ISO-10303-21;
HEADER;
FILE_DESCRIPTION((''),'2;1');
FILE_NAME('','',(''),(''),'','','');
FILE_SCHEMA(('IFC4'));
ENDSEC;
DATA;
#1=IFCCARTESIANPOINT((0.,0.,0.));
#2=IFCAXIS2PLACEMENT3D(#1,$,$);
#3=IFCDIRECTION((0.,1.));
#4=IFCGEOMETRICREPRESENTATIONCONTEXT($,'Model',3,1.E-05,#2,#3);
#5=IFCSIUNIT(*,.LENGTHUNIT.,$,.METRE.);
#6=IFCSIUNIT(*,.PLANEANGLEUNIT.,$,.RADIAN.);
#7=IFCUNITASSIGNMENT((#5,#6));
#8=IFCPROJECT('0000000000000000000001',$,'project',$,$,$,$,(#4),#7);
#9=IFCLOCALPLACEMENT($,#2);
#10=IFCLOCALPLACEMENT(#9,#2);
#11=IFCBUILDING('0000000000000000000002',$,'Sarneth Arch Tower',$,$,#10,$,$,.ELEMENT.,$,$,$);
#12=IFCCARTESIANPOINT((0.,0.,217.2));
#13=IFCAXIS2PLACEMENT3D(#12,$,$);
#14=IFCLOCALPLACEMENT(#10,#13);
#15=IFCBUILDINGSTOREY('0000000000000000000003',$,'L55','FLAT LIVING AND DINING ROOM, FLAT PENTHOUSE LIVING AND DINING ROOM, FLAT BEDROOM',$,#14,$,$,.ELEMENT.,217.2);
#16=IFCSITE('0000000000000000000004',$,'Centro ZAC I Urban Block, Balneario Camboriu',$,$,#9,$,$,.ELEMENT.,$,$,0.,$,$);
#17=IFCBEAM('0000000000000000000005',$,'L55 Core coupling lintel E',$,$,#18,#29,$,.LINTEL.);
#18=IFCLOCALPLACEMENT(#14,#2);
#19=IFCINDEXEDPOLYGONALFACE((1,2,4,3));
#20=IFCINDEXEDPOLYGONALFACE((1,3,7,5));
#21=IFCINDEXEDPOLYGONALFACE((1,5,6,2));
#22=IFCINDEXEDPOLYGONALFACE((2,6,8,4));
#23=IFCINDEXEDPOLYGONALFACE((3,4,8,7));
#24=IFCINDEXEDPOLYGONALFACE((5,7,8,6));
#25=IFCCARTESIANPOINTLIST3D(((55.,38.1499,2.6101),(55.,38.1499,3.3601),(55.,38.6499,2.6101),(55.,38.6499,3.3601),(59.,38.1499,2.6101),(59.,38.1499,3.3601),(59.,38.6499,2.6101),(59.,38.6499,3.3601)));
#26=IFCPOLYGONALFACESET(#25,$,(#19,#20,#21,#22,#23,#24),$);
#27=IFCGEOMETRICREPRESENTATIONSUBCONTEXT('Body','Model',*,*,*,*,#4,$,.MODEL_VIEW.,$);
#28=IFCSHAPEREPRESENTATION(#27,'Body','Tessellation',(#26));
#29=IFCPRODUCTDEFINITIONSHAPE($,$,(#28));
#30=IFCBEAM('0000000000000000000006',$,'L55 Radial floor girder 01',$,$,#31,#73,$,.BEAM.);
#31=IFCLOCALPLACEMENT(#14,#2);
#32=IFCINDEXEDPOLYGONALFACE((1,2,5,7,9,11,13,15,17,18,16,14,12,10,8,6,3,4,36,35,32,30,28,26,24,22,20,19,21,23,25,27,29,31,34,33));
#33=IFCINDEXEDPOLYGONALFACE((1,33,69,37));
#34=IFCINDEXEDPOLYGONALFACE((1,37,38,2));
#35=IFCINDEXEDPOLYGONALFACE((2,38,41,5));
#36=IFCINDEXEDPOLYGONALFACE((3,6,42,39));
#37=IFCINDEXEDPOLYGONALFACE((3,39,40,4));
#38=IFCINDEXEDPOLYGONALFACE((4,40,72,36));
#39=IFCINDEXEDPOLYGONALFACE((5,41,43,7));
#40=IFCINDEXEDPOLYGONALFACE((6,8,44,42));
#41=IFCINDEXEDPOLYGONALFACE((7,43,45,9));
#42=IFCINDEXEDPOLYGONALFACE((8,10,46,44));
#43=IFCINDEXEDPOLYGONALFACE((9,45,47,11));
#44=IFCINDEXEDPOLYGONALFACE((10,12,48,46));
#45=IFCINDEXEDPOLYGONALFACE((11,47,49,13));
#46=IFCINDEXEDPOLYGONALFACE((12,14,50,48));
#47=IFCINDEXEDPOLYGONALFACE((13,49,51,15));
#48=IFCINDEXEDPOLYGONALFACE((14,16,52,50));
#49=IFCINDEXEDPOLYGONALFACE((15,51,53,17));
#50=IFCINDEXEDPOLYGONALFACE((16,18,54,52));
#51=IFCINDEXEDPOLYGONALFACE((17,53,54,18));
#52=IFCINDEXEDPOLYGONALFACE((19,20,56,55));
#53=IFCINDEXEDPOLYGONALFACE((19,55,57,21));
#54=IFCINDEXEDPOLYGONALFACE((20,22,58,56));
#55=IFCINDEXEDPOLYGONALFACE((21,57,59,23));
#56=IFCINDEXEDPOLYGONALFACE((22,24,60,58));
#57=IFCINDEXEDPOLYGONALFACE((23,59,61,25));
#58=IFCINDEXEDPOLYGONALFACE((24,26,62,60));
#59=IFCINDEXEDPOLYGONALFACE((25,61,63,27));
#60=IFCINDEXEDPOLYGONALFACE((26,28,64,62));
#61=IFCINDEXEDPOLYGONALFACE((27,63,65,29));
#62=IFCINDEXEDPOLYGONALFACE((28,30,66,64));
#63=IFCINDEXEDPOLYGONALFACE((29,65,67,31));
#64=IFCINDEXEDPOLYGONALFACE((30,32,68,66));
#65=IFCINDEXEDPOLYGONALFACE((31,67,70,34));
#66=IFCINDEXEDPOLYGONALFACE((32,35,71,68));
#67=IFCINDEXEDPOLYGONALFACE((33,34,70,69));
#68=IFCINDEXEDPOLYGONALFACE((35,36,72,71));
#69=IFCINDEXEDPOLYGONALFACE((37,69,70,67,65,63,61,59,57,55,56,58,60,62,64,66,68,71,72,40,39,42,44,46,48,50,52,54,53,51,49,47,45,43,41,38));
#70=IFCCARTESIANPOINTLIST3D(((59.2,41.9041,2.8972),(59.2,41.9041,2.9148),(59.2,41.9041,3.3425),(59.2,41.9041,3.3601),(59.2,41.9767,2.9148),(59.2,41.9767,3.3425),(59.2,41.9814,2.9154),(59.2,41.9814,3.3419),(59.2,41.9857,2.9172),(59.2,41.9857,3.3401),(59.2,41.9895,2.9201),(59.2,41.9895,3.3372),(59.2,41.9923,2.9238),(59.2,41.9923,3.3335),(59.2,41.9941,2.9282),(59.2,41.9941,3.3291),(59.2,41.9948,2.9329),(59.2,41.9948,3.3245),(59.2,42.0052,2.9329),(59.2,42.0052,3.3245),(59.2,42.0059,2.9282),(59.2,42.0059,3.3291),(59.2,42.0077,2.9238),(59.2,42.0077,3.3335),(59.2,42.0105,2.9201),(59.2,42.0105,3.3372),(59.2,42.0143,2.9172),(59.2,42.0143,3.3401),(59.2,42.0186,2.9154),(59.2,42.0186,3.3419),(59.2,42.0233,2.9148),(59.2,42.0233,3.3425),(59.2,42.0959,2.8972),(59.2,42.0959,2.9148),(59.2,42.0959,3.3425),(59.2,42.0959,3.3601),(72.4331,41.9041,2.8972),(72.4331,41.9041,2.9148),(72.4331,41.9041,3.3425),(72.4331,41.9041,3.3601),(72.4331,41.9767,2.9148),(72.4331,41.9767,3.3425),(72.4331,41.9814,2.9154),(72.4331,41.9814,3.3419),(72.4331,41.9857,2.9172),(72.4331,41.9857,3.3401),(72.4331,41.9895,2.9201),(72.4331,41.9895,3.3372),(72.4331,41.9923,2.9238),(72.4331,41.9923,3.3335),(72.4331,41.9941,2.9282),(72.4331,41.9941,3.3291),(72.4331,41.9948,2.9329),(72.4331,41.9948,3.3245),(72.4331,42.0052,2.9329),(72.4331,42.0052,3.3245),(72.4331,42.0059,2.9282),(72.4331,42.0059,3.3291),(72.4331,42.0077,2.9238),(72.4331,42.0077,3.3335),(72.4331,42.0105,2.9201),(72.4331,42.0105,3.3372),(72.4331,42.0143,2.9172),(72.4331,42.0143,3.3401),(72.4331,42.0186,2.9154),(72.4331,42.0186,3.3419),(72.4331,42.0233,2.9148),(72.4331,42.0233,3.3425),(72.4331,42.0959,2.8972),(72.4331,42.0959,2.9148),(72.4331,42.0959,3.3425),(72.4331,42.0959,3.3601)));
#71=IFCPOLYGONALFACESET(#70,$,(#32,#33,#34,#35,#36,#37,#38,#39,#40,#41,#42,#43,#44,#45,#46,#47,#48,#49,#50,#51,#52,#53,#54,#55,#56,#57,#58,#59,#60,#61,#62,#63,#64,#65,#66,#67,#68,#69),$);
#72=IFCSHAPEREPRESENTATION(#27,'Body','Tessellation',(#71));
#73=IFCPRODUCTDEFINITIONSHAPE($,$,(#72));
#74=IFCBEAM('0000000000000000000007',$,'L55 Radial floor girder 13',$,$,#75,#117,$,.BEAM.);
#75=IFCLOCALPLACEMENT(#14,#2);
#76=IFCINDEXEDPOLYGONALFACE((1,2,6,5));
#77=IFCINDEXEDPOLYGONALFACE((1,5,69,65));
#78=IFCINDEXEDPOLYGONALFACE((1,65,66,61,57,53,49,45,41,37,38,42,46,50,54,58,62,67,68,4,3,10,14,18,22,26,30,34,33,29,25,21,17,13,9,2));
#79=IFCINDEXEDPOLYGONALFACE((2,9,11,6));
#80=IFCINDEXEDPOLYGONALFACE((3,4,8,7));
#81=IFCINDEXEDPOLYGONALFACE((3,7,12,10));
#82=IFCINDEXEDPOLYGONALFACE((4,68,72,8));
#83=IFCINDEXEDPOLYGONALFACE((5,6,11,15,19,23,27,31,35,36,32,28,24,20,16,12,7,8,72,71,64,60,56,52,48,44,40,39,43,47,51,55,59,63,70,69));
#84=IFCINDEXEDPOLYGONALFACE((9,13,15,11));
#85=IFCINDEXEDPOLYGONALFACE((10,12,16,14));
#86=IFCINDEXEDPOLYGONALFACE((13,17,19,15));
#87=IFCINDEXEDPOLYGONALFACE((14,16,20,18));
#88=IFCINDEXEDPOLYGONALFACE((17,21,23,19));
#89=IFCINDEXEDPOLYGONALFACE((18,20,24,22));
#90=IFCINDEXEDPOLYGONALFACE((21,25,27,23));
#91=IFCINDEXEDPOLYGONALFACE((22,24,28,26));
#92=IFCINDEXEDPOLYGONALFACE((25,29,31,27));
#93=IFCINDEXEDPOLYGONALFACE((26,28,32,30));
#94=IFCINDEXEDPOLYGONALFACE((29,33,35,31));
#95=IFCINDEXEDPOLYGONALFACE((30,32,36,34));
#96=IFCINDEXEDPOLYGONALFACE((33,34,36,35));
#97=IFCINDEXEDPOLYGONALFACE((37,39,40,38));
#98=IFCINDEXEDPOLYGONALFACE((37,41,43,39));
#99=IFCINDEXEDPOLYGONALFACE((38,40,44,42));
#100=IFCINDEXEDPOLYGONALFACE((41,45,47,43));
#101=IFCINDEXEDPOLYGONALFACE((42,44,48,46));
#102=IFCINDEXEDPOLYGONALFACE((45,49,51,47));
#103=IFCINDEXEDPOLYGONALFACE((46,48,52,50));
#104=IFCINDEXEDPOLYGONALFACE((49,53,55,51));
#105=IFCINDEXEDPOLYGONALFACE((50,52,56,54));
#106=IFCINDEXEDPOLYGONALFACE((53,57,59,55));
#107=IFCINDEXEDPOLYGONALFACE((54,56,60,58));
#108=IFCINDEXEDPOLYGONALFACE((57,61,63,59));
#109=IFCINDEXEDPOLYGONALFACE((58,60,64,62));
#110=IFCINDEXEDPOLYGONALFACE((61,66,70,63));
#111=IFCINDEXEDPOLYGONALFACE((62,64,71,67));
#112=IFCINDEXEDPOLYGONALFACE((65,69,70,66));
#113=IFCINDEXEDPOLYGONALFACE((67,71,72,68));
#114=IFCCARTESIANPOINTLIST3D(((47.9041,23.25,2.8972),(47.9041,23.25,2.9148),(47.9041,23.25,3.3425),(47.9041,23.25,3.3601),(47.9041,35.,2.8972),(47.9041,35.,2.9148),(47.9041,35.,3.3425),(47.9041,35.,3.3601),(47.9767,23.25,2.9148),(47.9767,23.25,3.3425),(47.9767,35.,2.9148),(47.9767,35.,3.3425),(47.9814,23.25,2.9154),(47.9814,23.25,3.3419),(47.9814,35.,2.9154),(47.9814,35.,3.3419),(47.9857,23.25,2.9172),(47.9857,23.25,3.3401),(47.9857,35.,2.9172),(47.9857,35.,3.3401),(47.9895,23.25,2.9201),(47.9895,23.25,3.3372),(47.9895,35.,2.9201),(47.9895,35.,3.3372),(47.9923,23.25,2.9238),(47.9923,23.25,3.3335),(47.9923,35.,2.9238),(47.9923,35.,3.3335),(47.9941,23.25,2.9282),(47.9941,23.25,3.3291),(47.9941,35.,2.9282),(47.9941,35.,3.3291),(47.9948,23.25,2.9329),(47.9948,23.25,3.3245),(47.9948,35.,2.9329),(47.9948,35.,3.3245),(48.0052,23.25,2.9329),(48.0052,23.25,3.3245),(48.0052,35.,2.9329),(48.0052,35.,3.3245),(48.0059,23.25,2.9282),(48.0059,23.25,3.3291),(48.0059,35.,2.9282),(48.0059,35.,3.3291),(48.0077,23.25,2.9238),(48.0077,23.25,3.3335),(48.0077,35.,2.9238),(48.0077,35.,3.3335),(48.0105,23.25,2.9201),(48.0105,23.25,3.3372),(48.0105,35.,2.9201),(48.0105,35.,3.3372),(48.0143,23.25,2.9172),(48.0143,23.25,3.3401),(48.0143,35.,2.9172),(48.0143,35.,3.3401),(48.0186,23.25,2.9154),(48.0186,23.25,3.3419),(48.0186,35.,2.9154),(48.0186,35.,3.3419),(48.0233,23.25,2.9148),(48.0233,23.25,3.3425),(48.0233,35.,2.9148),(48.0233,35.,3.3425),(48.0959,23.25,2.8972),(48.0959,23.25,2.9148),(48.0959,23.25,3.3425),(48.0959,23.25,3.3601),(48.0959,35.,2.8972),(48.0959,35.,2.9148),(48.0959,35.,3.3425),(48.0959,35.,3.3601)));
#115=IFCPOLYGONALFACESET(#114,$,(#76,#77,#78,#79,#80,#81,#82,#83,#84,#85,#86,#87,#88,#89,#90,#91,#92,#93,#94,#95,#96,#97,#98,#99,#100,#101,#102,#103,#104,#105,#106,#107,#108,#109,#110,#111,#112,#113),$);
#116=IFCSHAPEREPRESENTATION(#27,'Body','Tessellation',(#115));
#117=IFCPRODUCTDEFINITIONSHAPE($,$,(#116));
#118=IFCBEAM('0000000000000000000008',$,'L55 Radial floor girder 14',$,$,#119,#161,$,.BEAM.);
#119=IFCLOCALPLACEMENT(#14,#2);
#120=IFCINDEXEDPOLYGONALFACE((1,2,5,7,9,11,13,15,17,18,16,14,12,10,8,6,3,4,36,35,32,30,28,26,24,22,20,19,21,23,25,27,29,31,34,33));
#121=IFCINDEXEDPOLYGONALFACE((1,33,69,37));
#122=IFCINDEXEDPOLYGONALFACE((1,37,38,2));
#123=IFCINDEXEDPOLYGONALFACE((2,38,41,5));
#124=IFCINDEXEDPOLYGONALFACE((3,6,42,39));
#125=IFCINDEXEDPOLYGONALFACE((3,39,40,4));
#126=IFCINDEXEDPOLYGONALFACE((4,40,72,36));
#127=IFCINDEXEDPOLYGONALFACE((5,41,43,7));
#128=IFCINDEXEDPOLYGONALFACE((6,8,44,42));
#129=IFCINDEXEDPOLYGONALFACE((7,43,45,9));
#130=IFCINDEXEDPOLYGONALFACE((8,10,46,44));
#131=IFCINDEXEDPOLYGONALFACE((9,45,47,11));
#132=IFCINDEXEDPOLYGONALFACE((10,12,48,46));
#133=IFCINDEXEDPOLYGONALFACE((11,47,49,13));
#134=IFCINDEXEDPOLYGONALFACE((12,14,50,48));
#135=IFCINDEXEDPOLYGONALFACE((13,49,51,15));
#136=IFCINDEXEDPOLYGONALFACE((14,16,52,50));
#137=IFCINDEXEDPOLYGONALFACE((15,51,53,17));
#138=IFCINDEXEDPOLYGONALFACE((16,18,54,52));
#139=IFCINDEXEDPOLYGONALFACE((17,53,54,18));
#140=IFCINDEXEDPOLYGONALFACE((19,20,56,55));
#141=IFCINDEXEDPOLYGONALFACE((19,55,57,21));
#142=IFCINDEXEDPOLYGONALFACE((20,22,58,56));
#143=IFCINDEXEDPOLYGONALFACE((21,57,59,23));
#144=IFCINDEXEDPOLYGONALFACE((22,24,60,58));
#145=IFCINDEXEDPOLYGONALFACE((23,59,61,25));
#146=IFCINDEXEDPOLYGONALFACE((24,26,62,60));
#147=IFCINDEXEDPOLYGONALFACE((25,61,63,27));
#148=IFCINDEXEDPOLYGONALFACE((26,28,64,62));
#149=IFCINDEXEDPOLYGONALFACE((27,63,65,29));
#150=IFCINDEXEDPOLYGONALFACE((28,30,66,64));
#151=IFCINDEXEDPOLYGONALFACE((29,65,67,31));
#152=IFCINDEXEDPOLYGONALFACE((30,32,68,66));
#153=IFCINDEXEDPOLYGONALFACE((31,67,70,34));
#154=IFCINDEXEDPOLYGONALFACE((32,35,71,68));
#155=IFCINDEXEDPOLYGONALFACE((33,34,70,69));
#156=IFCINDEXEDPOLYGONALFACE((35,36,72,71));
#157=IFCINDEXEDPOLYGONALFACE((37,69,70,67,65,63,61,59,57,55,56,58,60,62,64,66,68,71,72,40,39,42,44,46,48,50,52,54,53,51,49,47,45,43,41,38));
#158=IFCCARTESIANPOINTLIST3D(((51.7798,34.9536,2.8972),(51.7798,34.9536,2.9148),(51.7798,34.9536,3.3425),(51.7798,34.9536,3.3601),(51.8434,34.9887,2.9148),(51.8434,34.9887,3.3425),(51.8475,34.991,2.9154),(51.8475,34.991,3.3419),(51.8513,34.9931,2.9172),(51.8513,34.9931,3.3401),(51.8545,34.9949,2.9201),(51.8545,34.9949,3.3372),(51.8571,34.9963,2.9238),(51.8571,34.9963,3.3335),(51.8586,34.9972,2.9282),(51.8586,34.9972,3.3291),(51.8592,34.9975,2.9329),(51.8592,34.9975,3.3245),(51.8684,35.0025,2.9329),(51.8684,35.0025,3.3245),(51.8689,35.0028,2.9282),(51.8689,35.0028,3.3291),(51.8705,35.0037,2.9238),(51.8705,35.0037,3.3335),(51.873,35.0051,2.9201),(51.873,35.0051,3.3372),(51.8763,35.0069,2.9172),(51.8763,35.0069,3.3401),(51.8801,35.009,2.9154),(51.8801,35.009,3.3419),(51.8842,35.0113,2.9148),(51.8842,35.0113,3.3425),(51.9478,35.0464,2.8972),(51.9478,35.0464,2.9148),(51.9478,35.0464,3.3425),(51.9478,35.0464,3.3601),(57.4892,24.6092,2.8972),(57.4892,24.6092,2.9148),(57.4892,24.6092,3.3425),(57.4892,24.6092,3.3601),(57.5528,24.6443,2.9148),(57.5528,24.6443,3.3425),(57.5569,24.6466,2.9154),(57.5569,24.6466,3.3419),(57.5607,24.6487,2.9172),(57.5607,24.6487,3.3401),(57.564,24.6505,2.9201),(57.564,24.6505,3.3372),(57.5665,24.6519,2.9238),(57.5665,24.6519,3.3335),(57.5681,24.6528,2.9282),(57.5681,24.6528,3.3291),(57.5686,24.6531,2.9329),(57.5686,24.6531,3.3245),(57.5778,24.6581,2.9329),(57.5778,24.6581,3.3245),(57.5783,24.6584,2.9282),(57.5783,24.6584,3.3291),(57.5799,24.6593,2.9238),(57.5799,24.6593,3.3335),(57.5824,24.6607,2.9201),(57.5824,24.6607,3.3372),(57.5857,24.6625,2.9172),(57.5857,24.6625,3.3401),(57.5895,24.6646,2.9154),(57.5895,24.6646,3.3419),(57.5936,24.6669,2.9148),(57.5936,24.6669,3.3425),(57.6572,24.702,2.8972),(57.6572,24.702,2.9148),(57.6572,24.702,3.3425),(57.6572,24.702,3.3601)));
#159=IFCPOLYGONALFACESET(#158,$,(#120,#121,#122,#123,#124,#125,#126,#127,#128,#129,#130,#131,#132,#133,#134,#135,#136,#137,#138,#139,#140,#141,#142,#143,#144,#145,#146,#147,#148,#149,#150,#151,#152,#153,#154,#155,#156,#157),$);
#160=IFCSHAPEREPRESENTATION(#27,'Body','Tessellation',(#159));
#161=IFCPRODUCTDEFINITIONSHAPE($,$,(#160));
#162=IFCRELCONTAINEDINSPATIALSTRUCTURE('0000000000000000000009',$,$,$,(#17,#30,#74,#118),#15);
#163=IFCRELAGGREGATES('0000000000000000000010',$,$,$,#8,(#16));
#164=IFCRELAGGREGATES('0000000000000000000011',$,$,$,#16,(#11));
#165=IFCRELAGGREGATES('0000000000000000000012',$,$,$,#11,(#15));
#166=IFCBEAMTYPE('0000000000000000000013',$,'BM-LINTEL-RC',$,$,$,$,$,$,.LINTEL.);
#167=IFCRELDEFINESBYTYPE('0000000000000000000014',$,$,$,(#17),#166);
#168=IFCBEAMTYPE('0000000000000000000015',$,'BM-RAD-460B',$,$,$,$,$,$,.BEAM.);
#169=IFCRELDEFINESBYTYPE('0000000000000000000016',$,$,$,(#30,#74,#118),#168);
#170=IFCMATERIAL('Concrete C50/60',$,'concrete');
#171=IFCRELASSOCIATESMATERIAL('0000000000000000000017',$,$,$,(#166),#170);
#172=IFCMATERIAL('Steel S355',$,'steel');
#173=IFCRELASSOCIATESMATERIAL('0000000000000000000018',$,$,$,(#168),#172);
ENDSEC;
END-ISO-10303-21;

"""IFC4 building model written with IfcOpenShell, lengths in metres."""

from ifc_helpers import new_model, si_unit, direction, frame, origin, origin_2d, place, context, subcontext, project, spatial, rectangle, i_section, extrude, material, material_profile, profile_set, type_object, element, save


model = new_model("IFC4")

# Units and contexts
model_context = context("Model", 3, precision=1e-05, world=origin(), true_north=direction((0.0, 1.0)))
body_context = subcontext(model_context, "Body", "Model", "MODEL_VIEW")
ifc_project = project(units=[si_unit("LENGTHUNIT", "METRE"), si_unit("PLANEANGLEUNIT", "RADIAN")], contexts=[model_context])

# Site, building, storey
site_placement = place(None, origin())
site = spatial("IfcSite", under=ifc_project, at=site_placement, Name="Centro ZAC I Urban Block, Balneario Camboriu", CompositionType="ELEMENT", RefElevation=0.0)
building_placement = place(site_placement, origin())
building = spatial("IfcBuilding", under=site, at=building_placement, Name="Sarneth Arch Tower", CompositionType="ELEMENT")
storey_placement = place(building_placement, frame((0.0, 0.0, 217.2)))
storey = spatial("IfcBuildingStorey", under=building, at=storey_placement, Name="L55", Description="FLAT LIVING AND DINING ROOM, FLAT PENTHOUSE LIVING AND DINING ROOM, FLAT BEDROOM", CompositionType="ELEMENT", Elevation=217.2)

# Beams
ifc_material_1 = material(Name="Concrete C50/60", Category="concrete")
ifc_material_profile_1 = material_profile(ifc_material_1, rectangle(XDim=0.5, YDim=0.75, at=origin_2d()), Name="RC-500x750")
ifc_profile_set_1 = profile_set([ifc_material_profile_1], Name="Concrete C50/60")
beam_type_1 = type_object("IfcBeamType", Name="BM-LINTEL-RC", PredefinedType="LINTEL", material=ifc_profile_set_1)
beam_1_placement = place(storey_placement, frame((55.0, 38.3999, 2.9851), z_axis=(1.0, 0.0, 0.0), x_axis=(0.0, 1.0, 0.0)))
element("IfcBeam", 1, at=beam_1_placement, inside=storey, type_object=beam_type_1, Name="L55 Core coupling lintel E", PredefinedType="LINTEL", context=body_context, shape_type="SweptSolid", body=[
    extrude(rectangle(XDim=0.5, YDim=0.75, at=origin_2d()), origin(), (0.0, 0.0, 1.0), 4.0),
])
ifc_material_2 = material(Name="Steel S355", Category="steel")
ifc_material_profile_2 = material_profile(ifc_material_2, i_section(OverallWidth=0.1919, OverallDepth=0.4629, WebThickness=0.0105, FlangeThickness=0.0176, FilletRadius=0.0181, at=origin_2d()), Name="W460x89")
ifc_profile_set_2 = profile_set([ifc_material_profile_2], Name="Steel S355")
beam_type_2 = type_object("IfcBeamType", Name="BM-RAD-460B", PredefinedType="BEAM", material=ifc_profile_set_2)
beam_2_placement = place(storey_placement, frame((59.2, 42.0, 3.1287), z_axis=(1.0, 0.0, 0.0), x_axis=(0.0, 1.0, 0.0)))
element("IfcBeam", 2, at=beam_2_placement, inside=storey, type_object=beam_type_2, Name="L55 Radial floor girder 01", PredefinedType="BEAM", context=body_context, shape_type="SweptSolid", body=[
    extrude(i_section(OverallWidth=0.1919, OverallDepth=0.4629, WebThickness=0.0105, FlangeThickness=0.0176, FilletRadius=0.0181, at=origin_2d()), origin(), (0.0, 0.0, 1.0), 13.2332),
])
beam_3_placement = place(storey_placement, frame((48.0, 35.0, 3.1287), z_axis=(0.0, -1.0, 0.0), x_axis=(1.0, 0.0, 0.0)))
element("IfcBeam", 3, at=beam_3_placement, inside=storey, type_object=beam_type_2, Name="L55 Radial floor girder 13", PredefinedType="BEAM", context=body_context, shape_type="SweptSolid", body=[
    extrude(i_section(OverallWidth=0.1919, OverallDepth=0.4629, WebThickness=0.0105, FlangeThickness=0.0176, FilletRadius=0.0181, at=origin_2d()), origin(), (0.0, 0.0, 1.0), 11.75),
])
beam_4_placement = place(storey_placement, frame((51.8638, 35.0, 3.1287), z_axis=(0.483218, -0.8755, 0.0), x_axis=(0.8755, 0.483218, 0.0)))
element("IfcBeam", 4, at=beam_4_placement, inside=storey, type_object=beam_type_2, Name="L55 Radial floor girder 14", PredefinedType="BEAM", context=body_context, shape_type="SweptSolid", body=[
    extrude(i_section(OverallWidth=0.1919, OverallDepth=0.4629, WebThickness=0.0105, FlangeThickness=0.0176, FilletRadius=0.0181, at=origin_2d()), origin(), (0.0, 0.0, 1.0), 11.8154),
])

save(model, "model.ifc")
